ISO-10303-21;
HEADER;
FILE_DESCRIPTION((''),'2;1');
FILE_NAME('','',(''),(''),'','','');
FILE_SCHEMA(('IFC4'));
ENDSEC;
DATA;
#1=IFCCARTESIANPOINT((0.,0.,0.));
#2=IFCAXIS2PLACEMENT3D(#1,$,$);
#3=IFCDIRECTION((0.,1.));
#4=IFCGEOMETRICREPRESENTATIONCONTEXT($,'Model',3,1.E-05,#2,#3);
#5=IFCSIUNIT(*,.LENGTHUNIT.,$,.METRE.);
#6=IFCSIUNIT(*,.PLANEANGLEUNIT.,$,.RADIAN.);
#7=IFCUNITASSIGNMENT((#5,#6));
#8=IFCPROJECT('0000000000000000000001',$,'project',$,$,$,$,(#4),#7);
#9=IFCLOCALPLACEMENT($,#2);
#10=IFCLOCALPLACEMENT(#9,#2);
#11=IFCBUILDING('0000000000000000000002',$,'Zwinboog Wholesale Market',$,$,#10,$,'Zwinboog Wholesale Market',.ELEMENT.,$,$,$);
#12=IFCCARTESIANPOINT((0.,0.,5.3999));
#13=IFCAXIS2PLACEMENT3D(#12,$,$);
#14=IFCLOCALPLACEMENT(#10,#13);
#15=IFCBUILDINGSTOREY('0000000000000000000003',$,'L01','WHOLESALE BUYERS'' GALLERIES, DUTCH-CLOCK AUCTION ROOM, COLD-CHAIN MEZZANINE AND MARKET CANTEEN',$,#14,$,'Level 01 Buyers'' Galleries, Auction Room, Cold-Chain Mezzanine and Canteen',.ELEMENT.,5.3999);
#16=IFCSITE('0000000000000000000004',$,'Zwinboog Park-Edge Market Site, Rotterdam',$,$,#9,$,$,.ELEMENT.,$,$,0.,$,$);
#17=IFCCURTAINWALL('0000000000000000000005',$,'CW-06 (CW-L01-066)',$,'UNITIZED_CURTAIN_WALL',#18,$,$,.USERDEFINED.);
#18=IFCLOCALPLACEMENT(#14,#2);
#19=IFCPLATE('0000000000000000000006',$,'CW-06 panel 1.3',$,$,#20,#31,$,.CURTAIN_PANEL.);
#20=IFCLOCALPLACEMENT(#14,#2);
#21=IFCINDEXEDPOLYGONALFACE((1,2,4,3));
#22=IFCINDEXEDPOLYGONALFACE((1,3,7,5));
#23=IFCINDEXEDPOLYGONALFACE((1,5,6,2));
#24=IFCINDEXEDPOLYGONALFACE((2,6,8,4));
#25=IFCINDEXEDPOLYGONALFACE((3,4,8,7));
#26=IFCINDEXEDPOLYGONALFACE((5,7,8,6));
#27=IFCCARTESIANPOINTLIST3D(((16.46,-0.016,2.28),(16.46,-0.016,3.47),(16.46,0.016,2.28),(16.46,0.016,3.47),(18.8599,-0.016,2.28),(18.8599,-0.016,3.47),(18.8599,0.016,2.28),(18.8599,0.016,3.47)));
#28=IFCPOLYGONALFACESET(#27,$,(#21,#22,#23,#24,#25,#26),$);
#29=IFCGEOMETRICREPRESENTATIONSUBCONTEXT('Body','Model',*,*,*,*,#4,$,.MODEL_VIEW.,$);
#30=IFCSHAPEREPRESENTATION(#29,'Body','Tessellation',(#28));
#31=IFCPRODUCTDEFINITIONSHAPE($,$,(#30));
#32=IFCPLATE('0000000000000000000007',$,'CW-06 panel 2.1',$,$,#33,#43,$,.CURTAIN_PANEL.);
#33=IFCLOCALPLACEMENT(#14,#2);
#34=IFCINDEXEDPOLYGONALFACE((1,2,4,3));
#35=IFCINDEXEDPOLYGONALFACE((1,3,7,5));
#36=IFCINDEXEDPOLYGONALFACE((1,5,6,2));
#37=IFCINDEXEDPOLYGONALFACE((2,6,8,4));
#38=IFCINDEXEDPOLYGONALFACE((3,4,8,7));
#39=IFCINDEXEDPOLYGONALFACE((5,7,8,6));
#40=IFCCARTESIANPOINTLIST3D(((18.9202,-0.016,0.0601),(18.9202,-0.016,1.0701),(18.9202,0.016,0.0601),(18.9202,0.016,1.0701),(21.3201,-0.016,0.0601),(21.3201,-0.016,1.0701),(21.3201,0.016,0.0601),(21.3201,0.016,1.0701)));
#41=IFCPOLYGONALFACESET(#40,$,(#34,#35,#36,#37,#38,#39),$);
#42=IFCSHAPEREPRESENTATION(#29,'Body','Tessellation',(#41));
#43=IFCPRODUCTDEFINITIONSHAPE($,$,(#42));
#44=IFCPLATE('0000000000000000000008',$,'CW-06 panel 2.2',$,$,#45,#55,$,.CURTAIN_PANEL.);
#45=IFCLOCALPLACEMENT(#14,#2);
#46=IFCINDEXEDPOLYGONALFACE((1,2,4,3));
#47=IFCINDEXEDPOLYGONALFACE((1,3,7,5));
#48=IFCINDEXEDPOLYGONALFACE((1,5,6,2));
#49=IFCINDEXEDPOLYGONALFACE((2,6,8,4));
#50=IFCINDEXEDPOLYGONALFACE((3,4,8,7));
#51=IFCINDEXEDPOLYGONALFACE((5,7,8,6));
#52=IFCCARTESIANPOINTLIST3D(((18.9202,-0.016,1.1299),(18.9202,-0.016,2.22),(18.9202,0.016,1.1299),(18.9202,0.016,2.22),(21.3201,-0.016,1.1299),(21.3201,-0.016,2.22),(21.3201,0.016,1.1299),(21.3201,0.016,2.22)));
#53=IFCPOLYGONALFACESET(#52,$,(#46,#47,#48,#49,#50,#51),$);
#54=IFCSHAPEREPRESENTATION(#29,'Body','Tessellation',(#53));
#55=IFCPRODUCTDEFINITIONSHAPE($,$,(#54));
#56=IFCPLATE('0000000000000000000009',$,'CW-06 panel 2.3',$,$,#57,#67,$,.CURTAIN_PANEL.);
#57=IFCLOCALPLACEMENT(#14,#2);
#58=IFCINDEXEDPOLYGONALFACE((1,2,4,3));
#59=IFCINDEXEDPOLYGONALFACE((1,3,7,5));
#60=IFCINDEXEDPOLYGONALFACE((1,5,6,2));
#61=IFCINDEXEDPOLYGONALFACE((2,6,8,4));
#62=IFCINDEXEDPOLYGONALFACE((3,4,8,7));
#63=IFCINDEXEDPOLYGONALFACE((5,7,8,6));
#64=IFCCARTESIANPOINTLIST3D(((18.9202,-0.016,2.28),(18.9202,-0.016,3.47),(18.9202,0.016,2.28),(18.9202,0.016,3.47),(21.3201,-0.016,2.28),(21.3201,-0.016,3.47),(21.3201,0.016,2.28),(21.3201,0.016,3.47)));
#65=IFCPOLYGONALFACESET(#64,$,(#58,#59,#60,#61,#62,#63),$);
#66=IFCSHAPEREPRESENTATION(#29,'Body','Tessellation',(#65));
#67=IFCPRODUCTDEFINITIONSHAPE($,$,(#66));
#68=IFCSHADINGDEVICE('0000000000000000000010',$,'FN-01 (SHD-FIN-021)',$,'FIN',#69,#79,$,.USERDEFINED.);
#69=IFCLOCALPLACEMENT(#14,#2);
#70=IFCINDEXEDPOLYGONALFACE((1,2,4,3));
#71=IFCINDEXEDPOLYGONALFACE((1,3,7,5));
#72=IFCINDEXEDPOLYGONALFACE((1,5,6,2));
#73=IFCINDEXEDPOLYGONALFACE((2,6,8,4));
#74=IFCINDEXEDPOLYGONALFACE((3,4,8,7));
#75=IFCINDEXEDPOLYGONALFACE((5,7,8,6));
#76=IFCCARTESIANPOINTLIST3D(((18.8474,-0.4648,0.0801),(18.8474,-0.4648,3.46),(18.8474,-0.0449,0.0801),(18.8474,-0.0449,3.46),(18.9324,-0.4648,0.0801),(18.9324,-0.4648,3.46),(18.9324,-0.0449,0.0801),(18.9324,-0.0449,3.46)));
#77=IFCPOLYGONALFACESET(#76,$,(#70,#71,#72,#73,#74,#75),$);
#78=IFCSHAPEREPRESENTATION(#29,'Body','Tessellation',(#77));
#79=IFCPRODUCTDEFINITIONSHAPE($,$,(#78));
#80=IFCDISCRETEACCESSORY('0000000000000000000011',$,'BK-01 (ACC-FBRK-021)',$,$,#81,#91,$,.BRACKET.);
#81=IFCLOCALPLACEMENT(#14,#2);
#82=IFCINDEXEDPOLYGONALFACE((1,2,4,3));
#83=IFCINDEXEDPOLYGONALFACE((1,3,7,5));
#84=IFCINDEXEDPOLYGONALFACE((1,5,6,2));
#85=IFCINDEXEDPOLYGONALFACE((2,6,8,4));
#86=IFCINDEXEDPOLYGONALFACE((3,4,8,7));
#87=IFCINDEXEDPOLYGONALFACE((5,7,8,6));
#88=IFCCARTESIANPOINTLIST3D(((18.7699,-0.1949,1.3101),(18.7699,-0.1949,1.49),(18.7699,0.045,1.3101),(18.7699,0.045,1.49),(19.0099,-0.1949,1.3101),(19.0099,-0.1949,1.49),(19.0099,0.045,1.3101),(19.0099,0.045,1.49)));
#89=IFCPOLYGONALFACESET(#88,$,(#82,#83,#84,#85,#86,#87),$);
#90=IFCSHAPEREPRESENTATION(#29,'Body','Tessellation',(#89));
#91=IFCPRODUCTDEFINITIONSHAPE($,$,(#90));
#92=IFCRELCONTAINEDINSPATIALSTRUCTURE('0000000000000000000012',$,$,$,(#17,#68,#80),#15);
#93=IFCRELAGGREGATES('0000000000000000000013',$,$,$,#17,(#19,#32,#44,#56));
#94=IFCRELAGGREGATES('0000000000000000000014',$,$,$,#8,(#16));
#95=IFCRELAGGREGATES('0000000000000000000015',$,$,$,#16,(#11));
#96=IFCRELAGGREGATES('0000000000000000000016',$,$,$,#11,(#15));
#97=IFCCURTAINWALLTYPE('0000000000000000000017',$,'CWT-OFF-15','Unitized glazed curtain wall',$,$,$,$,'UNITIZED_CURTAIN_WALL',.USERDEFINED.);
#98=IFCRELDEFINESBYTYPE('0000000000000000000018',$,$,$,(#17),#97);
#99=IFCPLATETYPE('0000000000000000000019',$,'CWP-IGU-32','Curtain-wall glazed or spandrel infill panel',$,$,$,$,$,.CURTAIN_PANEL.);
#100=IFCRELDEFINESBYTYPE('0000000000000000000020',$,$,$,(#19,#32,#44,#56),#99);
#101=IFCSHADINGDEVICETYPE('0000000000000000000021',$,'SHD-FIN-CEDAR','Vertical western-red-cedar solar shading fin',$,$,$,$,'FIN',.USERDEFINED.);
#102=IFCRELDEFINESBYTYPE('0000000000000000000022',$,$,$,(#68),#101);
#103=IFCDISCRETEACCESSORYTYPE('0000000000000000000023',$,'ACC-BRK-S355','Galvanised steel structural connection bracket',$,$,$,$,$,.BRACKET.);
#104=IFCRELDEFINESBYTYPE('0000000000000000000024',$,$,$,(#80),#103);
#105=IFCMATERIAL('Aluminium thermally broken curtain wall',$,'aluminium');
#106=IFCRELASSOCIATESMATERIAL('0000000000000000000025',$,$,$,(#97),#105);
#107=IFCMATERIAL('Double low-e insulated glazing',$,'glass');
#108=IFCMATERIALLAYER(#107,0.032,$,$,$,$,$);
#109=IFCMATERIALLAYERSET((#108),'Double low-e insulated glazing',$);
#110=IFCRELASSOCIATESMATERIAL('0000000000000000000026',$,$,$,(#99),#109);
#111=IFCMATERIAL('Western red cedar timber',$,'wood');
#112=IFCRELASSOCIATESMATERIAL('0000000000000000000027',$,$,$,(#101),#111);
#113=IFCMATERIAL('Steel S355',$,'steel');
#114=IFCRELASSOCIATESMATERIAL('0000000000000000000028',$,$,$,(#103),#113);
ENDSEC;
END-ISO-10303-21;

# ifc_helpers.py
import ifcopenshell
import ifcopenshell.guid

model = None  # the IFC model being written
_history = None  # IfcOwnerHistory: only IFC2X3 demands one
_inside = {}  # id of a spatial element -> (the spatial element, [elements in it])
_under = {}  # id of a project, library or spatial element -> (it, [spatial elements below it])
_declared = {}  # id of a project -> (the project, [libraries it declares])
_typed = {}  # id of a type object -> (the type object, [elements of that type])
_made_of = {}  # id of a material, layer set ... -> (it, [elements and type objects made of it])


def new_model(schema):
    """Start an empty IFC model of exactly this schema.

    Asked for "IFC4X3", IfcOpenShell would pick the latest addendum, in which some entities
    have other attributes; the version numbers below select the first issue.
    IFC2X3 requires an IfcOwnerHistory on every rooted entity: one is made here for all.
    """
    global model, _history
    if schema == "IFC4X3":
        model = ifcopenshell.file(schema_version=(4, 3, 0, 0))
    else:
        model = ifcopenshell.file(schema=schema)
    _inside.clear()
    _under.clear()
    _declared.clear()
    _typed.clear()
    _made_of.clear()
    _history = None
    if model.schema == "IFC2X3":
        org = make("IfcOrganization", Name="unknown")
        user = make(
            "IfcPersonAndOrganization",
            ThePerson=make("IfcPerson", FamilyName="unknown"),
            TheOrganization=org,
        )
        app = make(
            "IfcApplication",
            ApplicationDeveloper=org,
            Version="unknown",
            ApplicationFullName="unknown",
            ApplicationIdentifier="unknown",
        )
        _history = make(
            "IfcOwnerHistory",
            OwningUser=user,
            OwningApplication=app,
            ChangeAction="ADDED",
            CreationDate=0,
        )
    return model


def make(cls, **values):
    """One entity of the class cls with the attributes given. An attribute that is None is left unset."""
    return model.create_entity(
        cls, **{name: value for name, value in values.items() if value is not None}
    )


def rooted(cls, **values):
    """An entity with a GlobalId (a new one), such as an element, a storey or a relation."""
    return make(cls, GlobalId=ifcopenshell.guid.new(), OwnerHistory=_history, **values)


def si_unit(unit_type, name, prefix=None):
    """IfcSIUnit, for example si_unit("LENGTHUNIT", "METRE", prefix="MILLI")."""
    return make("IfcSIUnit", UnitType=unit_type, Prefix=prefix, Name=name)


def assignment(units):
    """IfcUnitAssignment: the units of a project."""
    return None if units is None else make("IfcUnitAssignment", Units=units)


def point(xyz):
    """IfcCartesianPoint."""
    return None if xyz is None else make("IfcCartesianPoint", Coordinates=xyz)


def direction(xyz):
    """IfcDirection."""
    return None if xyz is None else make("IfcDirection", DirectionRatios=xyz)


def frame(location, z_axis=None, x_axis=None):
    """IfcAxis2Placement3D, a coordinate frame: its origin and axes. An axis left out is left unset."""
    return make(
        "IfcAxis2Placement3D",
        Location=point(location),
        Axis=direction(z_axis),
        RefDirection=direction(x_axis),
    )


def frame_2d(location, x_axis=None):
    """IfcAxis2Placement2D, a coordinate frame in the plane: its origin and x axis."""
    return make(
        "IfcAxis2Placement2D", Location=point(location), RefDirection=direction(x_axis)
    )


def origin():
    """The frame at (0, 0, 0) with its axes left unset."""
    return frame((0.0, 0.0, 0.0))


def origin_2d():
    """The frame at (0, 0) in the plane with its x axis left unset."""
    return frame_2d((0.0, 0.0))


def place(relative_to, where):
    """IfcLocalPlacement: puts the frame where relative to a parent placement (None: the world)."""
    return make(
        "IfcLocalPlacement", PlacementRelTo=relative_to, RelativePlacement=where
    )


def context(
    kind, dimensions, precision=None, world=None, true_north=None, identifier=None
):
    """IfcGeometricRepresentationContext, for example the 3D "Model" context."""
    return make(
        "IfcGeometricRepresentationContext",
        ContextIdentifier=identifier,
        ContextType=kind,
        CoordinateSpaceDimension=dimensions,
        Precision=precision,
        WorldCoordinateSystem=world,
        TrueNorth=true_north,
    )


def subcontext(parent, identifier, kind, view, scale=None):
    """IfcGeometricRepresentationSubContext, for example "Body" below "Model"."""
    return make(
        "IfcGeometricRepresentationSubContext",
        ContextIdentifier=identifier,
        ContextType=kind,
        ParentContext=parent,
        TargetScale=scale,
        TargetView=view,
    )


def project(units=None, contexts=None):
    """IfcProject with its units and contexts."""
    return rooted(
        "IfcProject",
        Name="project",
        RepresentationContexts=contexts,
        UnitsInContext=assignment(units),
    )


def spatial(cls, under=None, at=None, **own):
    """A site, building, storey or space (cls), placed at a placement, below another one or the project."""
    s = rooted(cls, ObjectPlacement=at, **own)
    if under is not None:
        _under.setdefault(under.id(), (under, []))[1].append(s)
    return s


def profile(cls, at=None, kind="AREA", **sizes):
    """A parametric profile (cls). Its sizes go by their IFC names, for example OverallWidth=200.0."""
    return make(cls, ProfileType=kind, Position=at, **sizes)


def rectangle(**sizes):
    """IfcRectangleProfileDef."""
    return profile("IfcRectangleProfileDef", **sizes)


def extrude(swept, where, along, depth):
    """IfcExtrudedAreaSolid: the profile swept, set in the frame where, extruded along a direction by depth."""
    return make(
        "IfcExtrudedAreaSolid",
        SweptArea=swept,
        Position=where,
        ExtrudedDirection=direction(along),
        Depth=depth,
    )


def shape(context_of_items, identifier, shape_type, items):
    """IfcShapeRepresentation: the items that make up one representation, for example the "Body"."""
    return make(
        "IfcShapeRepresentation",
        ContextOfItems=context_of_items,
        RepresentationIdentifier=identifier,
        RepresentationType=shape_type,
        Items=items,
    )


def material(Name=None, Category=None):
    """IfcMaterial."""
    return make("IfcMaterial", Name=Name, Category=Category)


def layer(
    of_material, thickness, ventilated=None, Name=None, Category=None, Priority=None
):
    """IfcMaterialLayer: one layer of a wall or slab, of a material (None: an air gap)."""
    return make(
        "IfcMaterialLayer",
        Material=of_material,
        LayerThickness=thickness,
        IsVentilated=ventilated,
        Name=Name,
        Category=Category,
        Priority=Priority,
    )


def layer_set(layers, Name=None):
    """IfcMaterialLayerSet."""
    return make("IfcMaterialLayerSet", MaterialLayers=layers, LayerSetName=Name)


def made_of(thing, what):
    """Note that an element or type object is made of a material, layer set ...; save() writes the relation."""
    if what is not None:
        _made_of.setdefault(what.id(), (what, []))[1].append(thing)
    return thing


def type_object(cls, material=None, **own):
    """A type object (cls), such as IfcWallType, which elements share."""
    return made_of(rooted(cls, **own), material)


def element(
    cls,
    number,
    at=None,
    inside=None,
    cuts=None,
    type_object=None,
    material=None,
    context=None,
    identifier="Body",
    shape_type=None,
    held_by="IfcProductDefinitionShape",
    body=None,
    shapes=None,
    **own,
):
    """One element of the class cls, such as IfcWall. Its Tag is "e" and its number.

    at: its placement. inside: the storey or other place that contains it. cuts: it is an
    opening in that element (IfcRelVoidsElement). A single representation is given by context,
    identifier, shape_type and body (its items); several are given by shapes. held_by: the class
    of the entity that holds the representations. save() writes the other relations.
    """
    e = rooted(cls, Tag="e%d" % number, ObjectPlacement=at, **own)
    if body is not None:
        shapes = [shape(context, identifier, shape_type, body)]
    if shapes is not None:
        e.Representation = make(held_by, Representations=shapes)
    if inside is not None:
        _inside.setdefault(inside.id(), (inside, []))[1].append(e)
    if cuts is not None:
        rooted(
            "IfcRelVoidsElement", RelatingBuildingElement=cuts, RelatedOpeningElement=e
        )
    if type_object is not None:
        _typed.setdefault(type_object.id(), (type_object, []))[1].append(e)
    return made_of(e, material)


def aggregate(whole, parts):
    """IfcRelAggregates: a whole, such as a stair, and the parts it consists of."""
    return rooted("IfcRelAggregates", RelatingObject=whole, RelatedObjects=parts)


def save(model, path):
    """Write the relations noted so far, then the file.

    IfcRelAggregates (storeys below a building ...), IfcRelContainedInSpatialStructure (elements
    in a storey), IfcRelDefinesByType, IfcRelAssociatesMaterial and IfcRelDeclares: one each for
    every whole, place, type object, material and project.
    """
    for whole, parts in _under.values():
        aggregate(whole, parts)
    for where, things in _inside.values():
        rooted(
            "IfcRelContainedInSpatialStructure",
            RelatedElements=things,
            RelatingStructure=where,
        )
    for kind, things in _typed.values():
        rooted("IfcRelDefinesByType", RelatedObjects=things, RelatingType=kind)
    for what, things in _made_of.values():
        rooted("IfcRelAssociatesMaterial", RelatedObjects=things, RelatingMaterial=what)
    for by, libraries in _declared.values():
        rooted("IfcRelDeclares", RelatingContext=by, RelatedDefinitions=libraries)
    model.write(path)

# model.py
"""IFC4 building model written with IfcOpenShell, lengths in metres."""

from ifc_helpers import new_model, si_unit, direction, frame, origin, origin_2d, place, context, subcontext, project, spatial, rectangle, extrude, material, layer, layer_set, type_object, element, aggregate, save


model = new_model("IFC4")

# Units and contexts
model_context = context("Model", 3, precision=1e-05, world=origin(), true_north=direction((0.0, 1.0)))
body_context = subcontext(model_context, "Body", "Model", "MODEL_VIEW")
ifc_project = project(units=[si_unit("LENGTHUNIT", "METRE"), si_unit("PLANEANGLEUNIT", "RADIAN")], contexts=[model_context])

# Site, building, storey
site_placement = place(None, origin())
site = spatial("IfcSite", under=ifc_project, at=site_placement, Name="Zwinboog Park-Edge Market Site, Rotterdam", CompositionType="ELEMENT", RefElevation=0.0)
building_placement = place(site_placement, origin())
building = spatial("IfcBuilding", under=site, at=building_placement, Name="Zwinboog Wholesale Market", LongName="Zwinboog Wholesale Market", CompositionType="ELEMENT")
storey_placement = place(building_placement, frame((0.0, 0.0, 5.3999)))
storey = spatial("IfcBuildingStorey", under=building, at=storey_placement, Name="L01", Description="WHOLESALE BUYERS' GALLERIES, DUTCH-CLOCK AUCTION ROOM, COLD-CHAIN MEZZANINE AND MARKET CANTEEN", LongName="Level 01 Buyers' Galleries, Auction Room, Cold-Chain Mezzanine and Canteen", CompositionType="ELEMENT", Elevation=5.3999)

# Shared definitions
ifc_material_1 = material(Name="Aluminium thermally broken curtain wall", Category="aluminium")

# Curtain wall, plates
curtain_wall_type_1 = type_object("IfcCurtainWallType", Name="CWT-OFF-15", Description="Unitized glazed curtain wall", ElementType="UNITIZED_CURTAIN_WALL", PredefinedType="USERDEFINED", material=ifc_material_1)
curtain_wall_1_placement = place(storey_placement, origin())
curtain_wall_1 = element("IfcCurtainWall", 1, at=curtain_wall_1_placement, inside=storey, type_object=curtain_wall_type_1, Name="CW-06 (CW-L01-066)", ObjectType="UNITIZED_CURTAIN_WALL", PredefinedType="USERDEFINED")
ifc_material_2 = material(Name="Double low-e insulated glazing", Category="glass")
ifc_layer = layer(ifc_material_2, 0.032)
ifc_layer_set = layer_set([ifc_layer], Name="Double low-e insulated glazing")
plate_type = type_object("IfcPlateType", Name="CWP-IGU-32", Description="Curtain-wall glazed or spandrel infill panel", PredefinedType="CURTAIN_PANEL", material=ifc_layer_set)
plate_1_placement = place(storey_placement, frame((17.6599, 0.0, 2.28), z_axis=(0.0, 0.0, 1.0), x_axis=(1.0, 0.0, 0.0)))
plate_1 = element("IfcPlate", 2, at=plate_1_placement, type_object=plate_type, Name="CW-06 panel 1.3", PredefinedType="CURTAIN_PANEL", context=body_context, shape_type="SweptSolid", body=[
    extrude(rectangle(XDim=2.3999, YDim=0.032, at=origin_2d()), origin(), (0.0, 0.0, 1.0), 1.1899),
])
plate_2_placement = place(storey_placement, frame((20.1201, 0.0, 0.0601), z_axis=(0.0, 0.0, 1.0), x_axis=(1.0, 0.0, 0.0)))
plate_2 = element("IfcPlate", 3, at=plate_2_placement, type_object=plate_type, Name="CW-06 panel 2.1", PredefinedType="CURTAIN_PANEL", context=body_context, shape_type="SweptSolid", body=[
    extrude(rectangle(XDim=2.3999, YDim=0.032, at=origin_2d()), origin(), (0.0, 0.0, 1.0), 1.01),
])
plate_3_placement = place(storey_placement, frame((20.1201, 0.0, 1.1299), z_axis=(0.0, 0.0, 1.0), x_axis=(1.0, 0.0, 0.0)))
plate_3 = element("IfcPlate", 4, at=plate_3_placement, type_object=plate_type, Name="CW-06 panel 2.2", PredefinedType="CURTAIN_PANEL", context=body_context, shape_type="SweptSolid", body=[
    extrude(rectangle(XDim=2.3999, YDim=0.032, at=origin_2d()), origin(), (0.0, 0.0, 1.0), 1.0901),
])
plate_4_placement = place(storey_placement, frame((20.1201, 0.0, 2.28), z_axis=(0.0, 0.0, 1.0), x_axis=(1.0, 0.0, 0.0)))
plate_4 = element("IfcPlate", 5, at=plate_4_placement, type_object=plate_type, Name="CW-06 panel 2.3", PredefinedType="CURTAIN_PANEL", context=body_context, shape_type="SweptSolid", body=[
    extrude(rectangle(XDim=2.3999, YDim=0.032, at=origin_2d()), origin(), (0.0, 0.0, 1.0), 1.1899),
])
aggregate(curtain_wall_1, [plate_1, plate_2, plate_3, plate_4])

# Shading device
ifc_material_3 = material(Name="Western red cedar timber", Category="wood")
shading_device_type = type_object("IfcShadingDeviceType", Name="SHD-FIN-CEDAR", Description="Vertical western-red-cedar solar shading fin", ElementType="FIN", PredefinedType="USERDEFINED", material=ifc_material_3)
shading_device_placement = place(storey_placement, frame((18.8899, -0.2549, 0.0801), z_axis=(0.0, 0.0, 1.0), x_axis=(0.0, 1.0, 0.0)))
element("IfcShadingDevice", 6, at=shading_device_placement, inside=storey, type_object=shading_device_type, Name="FN-01 (SHD-FIN-021)", ObjectType="FIN", PredefinedType="USERDEFINED", context=body_context, shape_type="SweptSolid", body=[
    extrude(rectangle(XDim=0.4199, YDim=0.085, at=origin_2d()), origin(), (0.0, 0.0, 1.0), 3.3799),
])

# Discrete accessory
ifc_material_4 = material(Name="Steel S355", Category="steel")
discrete_accessory_type = type_object("IfcDiscreteAccessoryType", Name="ACC-BRK-S355", Description="Galvanised steel structural connection bracket", PredefinedType="BRACKET", material=ifc_material_4)
discrete_accessory_placement = place(storey_placement, frame((18.8899, -0.075, 1.3101), z_axis=(0.0, 0.0, 1.0), x_axis=(1.0, 0.0, 0.0)))
element("IfcDiscreteAccessory", 7, at=discrete_accessory_placement, inside=storey, type_object=discrete_accessory_type, Name="BK-01 (ACC-FBRK-021)", PredefinedType="BRACKET", context=body_context, shape_type="SweptSolid", body=[
    extrude(rectangle(XDim=0.24, YDim=0.24, at=origin_2d()), origin(), (0.0, 0.0, 1.0), 0.1799),
])

save(model, "model.ifc")
